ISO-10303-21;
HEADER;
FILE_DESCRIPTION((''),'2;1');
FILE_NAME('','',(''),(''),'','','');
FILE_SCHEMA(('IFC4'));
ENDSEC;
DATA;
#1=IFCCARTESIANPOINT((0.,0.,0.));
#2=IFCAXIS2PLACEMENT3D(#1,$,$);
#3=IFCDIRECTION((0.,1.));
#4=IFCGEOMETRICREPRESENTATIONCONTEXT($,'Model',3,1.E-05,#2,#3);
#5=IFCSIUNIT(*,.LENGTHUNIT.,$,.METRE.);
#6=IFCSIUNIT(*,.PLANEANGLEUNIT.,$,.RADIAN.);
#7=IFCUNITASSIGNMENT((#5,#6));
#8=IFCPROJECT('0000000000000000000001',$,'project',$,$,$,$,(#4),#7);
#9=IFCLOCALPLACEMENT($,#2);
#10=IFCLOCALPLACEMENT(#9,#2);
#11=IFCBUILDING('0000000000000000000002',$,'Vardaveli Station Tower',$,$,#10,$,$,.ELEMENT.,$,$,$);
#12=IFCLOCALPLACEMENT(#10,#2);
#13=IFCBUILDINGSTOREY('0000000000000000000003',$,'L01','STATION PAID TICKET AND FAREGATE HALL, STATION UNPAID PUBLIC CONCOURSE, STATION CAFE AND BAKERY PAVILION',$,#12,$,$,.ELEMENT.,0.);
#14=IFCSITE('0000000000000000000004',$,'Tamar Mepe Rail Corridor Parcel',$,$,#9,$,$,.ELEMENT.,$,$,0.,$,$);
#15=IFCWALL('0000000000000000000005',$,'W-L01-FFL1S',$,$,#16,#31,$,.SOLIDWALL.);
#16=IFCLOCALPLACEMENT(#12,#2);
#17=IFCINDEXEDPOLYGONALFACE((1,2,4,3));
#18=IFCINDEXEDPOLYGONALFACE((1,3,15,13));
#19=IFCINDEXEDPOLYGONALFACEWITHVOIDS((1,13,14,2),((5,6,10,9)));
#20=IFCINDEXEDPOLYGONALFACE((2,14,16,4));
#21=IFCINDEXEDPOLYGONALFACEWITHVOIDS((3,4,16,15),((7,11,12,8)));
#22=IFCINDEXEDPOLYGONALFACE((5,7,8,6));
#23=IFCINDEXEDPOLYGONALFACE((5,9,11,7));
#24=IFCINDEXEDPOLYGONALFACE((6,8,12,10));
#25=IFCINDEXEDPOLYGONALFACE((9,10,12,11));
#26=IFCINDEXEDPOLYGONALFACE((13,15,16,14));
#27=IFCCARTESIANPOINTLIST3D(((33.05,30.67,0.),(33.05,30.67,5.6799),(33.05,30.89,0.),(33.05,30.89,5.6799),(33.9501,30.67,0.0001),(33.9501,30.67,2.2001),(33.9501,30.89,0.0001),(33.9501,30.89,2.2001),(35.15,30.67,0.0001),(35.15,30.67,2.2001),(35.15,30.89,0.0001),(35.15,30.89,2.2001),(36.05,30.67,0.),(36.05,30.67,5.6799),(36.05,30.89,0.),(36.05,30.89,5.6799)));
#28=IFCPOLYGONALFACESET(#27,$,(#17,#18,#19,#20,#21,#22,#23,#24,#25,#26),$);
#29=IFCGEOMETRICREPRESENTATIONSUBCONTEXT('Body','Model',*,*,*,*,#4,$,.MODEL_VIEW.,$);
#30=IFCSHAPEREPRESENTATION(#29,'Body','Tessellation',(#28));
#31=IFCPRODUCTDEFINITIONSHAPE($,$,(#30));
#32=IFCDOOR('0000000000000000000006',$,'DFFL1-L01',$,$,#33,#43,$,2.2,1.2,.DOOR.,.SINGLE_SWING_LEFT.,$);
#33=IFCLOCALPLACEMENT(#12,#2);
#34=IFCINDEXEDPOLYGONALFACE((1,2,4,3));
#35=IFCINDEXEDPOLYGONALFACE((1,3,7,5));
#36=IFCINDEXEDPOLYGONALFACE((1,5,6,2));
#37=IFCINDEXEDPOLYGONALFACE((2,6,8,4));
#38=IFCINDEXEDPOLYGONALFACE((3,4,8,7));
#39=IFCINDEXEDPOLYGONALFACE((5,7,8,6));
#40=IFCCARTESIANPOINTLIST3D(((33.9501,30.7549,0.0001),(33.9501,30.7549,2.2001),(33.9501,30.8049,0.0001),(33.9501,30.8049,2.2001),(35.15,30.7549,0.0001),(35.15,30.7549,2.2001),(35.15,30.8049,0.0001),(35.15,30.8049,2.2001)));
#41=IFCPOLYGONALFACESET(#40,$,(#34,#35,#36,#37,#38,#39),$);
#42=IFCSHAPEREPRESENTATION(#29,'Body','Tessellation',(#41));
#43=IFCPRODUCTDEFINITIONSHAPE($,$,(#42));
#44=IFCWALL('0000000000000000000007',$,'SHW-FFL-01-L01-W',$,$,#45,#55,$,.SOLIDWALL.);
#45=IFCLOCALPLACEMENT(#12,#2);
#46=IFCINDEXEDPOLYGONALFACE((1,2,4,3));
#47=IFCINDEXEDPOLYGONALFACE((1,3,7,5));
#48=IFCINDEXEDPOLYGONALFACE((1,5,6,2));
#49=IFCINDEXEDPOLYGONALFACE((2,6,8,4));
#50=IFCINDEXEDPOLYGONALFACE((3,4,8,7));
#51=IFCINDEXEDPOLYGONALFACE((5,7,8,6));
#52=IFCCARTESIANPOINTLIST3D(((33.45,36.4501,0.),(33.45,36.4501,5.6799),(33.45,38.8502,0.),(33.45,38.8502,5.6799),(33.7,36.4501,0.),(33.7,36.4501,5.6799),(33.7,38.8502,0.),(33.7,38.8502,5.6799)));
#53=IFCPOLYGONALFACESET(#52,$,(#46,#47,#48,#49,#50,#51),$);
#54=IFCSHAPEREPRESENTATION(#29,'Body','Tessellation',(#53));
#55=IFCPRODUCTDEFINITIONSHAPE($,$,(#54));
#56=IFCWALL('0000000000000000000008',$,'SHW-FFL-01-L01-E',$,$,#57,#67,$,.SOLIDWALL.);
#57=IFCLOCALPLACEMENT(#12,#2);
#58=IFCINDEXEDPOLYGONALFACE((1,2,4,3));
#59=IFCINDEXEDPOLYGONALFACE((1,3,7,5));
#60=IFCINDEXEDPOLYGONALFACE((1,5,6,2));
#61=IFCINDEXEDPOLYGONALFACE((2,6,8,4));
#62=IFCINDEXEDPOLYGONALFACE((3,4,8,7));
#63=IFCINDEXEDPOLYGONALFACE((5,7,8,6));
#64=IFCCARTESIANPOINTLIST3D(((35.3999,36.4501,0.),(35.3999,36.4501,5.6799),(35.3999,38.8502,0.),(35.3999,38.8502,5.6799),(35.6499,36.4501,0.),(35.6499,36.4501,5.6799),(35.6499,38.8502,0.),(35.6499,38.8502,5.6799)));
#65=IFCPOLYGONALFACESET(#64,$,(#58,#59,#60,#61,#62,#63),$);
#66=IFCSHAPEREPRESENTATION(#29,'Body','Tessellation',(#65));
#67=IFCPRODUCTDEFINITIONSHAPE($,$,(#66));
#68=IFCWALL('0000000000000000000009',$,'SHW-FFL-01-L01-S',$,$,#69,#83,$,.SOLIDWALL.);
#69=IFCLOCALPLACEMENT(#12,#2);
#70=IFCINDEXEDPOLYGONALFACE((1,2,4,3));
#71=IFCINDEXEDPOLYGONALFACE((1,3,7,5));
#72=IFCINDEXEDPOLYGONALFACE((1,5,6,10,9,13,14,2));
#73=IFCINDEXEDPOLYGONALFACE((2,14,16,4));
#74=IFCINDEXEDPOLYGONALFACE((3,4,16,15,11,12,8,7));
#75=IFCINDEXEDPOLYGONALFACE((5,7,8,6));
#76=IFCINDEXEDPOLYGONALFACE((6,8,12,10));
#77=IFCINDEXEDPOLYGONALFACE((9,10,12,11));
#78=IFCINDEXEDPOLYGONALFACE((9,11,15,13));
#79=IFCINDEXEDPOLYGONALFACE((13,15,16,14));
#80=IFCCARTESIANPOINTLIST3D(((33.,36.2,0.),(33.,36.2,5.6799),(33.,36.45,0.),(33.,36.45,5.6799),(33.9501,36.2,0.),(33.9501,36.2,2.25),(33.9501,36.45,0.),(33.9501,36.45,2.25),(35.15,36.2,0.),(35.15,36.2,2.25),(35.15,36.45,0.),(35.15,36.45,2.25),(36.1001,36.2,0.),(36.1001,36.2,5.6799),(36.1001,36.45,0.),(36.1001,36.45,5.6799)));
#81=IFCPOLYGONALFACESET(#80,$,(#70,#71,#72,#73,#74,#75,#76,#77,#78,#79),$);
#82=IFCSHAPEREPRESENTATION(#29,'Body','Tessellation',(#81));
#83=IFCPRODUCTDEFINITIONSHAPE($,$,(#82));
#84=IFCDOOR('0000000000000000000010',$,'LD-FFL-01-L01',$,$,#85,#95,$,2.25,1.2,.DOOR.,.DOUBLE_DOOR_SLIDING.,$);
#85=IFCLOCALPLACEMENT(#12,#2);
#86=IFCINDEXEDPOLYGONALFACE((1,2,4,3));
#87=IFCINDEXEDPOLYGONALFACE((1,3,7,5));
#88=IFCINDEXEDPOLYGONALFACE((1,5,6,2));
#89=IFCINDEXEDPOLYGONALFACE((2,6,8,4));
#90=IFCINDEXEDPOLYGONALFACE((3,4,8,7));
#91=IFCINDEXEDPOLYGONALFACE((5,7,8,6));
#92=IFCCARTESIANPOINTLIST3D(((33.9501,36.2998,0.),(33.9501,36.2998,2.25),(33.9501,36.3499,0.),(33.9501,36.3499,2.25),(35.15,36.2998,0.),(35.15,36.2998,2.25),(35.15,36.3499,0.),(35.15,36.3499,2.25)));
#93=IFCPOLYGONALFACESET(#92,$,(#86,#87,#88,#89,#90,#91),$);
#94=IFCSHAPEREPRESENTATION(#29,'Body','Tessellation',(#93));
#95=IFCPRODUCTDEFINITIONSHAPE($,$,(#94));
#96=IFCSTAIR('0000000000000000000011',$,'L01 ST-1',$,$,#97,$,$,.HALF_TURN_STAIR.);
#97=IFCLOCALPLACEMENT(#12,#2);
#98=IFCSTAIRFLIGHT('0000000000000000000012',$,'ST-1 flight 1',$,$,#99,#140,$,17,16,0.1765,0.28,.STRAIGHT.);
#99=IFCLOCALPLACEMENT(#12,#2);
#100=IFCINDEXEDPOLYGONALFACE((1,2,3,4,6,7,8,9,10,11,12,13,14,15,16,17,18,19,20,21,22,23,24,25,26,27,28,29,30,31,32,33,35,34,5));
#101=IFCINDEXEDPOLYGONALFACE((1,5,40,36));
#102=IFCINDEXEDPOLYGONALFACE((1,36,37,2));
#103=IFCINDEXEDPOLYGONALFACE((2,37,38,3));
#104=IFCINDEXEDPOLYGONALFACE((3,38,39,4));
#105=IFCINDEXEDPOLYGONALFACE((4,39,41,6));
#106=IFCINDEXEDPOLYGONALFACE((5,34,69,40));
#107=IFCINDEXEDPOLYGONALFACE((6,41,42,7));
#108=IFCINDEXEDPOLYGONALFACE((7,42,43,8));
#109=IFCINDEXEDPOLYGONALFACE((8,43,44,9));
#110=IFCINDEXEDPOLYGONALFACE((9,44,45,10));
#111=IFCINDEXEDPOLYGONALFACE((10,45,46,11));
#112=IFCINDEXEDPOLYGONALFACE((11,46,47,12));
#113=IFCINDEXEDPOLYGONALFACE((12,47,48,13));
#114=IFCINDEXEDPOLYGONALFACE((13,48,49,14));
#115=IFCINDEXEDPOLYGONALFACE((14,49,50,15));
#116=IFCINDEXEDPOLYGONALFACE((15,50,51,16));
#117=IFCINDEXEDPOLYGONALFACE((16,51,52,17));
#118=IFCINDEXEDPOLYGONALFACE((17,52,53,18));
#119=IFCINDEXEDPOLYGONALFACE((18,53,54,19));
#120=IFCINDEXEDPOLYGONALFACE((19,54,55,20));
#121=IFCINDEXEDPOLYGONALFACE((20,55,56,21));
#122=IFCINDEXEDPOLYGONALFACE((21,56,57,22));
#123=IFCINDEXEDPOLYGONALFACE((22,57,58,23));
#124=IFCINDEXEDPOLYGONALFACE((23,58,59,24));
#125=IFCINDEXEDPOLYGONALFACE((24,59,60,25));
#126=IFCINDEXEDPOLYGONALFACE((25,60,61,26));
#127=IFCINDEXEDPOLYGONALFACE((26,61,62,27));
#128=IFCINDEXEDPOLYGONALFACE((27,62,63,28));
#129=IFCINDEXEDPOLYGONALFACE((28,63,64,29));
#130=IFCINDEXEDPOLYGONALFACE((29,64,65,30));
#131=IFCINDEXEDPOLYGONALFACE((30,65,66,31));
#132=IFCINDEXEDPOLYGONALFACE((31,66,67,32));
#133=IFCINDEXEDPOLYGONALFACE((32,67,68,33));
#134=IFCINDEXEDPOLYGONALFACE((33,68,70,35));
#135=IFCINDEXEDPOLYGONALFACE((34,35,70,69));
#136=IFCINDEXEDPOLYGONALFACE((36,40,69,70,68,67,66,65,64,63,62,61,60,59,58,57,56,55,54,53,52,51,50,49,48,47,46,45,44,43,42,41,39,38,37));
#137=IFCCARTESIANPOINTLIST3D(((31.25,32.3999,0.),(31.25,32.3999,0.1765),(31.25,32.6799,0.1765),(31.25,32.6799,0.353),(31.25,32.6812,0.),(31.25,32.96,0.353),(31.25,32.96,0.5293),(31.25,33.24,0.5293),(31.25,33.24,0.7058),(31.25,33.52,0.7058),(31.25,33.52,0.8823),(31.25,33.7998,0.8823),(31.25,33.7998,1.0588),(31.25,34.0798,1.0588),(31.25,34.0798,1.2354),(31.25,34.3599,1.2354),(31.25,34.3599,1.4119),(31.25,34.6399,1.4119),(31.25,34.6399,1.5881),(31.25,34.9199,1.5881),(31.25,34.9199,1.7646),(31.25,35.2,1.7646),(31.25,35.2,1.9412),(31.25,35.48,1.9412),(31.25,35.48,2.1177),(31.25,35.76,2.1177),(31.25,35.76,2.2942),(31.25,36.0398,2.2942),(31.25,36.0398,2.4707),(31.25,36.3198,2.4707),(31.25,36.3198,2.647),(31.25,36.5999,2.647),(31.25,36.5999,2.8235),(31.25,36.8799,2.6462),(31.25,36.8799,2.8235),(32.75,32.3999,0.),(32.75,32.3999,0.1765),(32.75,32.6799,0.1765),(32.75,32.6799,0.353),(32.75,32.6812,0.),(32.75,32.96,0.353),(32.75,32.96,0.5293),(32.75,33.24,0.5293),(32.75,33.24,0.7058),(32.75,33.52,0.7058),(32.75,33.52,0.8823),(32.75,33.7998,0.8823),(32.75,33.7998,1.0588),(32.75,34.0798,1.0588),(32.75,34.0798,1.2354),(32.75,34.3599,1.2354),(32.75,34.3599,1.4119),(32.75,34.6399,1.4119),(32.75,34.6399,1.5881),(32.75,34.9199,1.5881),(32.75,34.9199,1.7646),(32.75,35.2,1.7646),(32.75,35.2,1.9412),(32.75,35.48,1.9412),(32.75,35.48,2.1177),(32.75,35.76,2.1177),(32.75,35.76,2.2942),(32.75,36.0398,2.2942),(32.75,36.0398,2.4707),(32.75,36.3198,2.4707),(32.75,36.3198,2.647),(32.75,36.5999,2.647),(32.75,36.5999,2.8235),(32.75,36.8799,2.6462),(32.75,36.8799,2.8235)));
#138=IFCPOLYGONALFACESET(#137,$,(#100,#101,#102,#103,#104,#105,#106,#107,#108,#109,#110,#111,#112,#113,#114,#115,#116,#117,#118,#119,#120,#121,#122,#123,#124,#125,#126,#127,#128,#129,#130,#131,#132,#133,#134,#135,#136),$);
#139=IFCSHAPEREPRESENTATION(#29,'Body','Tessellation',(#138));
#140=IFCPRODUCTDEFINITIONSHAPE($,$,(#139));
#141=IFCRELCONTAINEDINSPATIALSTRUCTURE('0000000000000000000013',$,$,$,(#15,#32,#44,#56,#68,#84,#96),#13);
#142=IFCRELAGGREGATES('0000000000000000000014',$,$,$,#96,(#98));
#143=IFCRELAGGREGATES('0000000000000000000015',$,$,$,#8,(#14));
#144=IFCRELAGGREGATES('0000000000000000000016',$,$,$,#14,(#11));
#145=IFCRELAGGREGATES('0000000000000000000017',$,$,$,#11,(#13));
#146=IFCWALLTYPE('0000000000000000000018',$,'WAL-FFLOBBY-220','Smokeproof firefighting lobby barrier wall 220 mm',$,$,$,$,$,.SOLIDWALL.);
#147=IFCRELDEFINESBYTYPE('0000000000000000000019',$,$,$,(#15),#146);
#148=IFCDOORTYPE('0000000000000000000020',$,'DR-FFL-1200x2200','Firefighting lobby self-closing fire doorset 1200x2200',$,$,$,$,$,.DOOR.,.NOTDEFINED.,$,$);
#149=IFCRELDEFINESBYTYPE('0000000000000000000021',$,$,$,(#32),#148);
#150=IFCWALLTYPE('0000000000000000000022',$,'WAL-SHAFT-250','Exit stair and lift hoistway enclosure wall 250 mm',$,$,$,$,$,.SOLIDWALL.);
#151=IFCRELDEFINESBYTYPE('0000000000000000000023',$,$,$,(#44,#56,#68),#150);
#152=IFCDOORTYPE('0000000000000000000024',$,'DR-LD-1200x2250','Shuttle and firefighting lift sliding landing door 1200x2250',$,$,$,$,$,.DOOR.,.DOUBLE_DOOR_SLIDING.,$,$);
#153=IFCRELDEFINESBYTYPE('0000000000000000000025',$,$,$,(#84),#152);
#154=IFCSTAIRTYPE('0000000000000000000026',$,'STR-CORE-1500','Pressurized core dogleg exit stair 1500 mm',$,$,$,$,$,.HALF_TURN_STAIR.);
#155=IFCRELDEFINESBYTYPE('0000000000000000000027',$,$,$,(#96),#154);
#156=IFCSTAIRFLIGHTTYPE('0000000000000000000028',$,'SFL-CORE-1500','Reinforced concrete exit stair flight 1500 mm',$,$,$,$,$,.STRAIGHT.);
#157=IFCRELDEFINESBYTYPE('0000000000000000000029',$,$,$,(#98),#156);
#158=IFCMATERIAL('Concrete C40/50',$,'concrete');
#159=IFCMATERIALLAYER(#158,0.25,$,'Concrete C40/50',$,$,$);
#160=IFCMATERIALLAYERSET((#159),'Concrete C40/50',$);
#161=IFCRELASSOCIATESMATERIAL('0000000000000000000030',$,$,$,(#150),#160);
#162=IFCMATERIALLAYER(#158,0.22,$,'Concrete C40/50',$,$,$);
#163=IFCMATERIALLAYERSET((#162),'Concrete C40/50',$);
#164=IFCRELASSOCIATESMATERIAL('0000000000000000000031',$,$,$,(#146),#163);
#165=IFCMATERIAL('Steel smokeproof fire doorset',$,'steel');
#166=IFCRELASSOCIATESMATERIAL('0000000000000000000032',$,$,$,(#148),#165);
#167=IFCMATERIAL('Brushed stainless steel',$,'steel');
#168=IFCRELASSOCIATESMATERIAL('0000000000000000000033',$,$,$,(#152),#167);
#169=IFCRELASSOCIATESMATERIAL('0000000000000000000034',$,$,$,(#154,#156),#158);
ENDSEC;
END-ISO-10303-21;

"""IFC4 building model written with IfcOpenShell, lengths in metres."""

from ifc_helpers import new_model, si_unit, direction, frame, frame_2d, origin, place, context, subcontext, project, spatial, polyline, rectangle, outline, extrude, source, transform, mapped, material, layer, layer_set, type_object, element, fill, aggregate, save


model = new_model("IFC4")

# Units and contexts
model_context = context("Model", 3, precision=1e-05, world=origin(), true_north=direction((0.0, 1.0)))
body_context = subcontext(model_context, "Body", "Model", "MODEL_VIEW")
ifc_project = project(units=[si_unit("LENGTHUNIT", "METRE"), si_unit("PLANEANGLEUNIT", "RADIAN")], contexts=[model_context])

# Site, building, storey
site_placement = place(None, origin())
site = spatial("IfcSite", under=ifc_project, at=site_placement, Name="Tamar Mepe Rail Corridor Parcel", CompositionType="ELEMENT", RefElevation=0.0)
building_placement = place(site_placement, origin())
building = spatial("IfcBuilding", under=site, at=building_placement, Name="Vardaveli Station Tower", CompositionType="ELEMENT")
storey_placement = place(building_placement, origin())
storey = spatial("IfcBuildingStorey", under=building, at=storey_placement, Name="L01", Description="STATION PAID TICKET AND FAREGATE HALL, STATION UNPAID PUBLIC CONCOURSE, STATION CAFE AND BAKERY PAVILION", CompositionType="ELEMENT", Elevation=0.0)

# Shared definitions
ifc_material_1 = material(Name="Concrete C40/50", Category="concrete")
ifc_layer_1 = layer(ifc_material_1, 0.25, Name="Concrete C40/50")
ifc_layer_set_1 = layer_set([ifc_layer_1], Name="Concrete C40/50")
wall_type_1 = type_object("IfcWallType", Name="WAL-SHAFT-250", Description="Exit stair and lift hoistway enclosure wall 250 mm", PredefinedType="SOLIDWALL", material=ifc_layer_set_1)

# Wall, opening, door
ifc_material_2 = material(Name="Steel smokeproof fire doorset", Category="steel")
ifc_layer_2 = layer(ifc_material_1, 0.22, Name="Concrete C40/50")
ifc_layer_set_2 = layer_set([ifc_layer_2], Name="Concrete C40/50")
wall_type_2 = type_object("IfcWallType", Name="WAL-FFLOBBY-220", Description="Smokeproof firefighting lobby barrier wall 220 mm", PredefinedType="SOLIDWALL", material=ifc_layer_set_2)
shared_shape_1 = source(origin(), body_context, "Body", "SweptSolid", [
    extrude(rectangle(XDim=3.0, YDim=0.22, at=frame_2d((1.5, 0.0))), origin(), (0.0, 0.0, 1.0), 5.6799),
])
wall_1_placement = place(storey_placement, frame((33.05, 30.78, 0.0), z_axis=(0.0, 0.0, 1.0), x_axis=(1.0, 0.0, 0.0)))
wall_1 = element("IfcWall", 1, at=wall_1_placement, inside=storey, type_object=wall_type_2, Name="W-L01-FFL1S", PredefinedType="SOLIDWALL", context=body_context, shape_type="MappedRepresentation", body=[
    mapped(shared_shape_1, transform((0.0, 0.0, 0.0), scale=1.0)),
])
shared_shape_2 = source(origin(), body_context, "Body", "SweptSolid", [
    extrude(rectangle(XDim=1.2, YDim=2.2, at=frame_2d((0.6001, 1.1001))), frame((0.0, 0.1201, 0.0), z_axis=(0.0, -1.0, 0.0), x_axis=(1.0, 0.0, 0.0)), (0.0, 0.0, 1.0), 0.24),
])
opening_1_placement = place(wall_1_placement, frame((0.8999, 0.0, 0.0)))
opening_1 = element("IfcOpeningElement", 2, at=opening_1_placement, cuts=wall_1, PredefinedType="OPENING", context=body_context, shape_type="MappedRepresentation", body=[
    mapped(shared_shape_2, transform((0.0, 0.0, 0.0), scale=1.0)),
])
door_type_1 = type_object("IfcDoorType", Name="DR-FFL-1200x2200", Description="Firefighting lobby self-closing fire doorset 1200x2200", OperationType="NOTDEFINED", PredefinedType="DOOR", material=ifc_material_2)
shared_shape_3 = source(origin(), body_context, "Body", "SweptSolid", [
    extrude(rectangle(XDim=1.2, YDim=2.2, at=frame_2d((0.6001, 1.1001))), frame((0.0, 0.0249, 0.0), z_axis=(0.0, -1.0, 0.0), x_axis=(1.0, 0.0, 0.0)), (0.0, 0.0, 1.0), 0.05),
])
door_1_placement = place(opening_1_placement, origin())
door_1 = element("IfcDoor", 3, at=door_1_placement, inside=storey, type_object=door_type_1, Name="DFFL1-L01", OperationType="SINGLE_SWING_LEFT", OverallHeight=2.2, OverallWidth=1.2, PredefinedType="DOOR", context=body_context, shape_type="MappedRepresentation", body=[
    mapped(shared_shape_3, transform((0.0, 0.0, 0.0), scale=1.0)),
])
fill(opening_1, door_1)

# Walls
shared_shape_4 = source(origin(), body_context, "Body", "SweptSolid", [
    extrude(rectangle(XDim=2.4001, YDim=0.25, at=frame_2d((1.2002, 0.0))), origin(), (0.0, 0.0, 1.0), 5.6799),
])
for number, where, z_axis, x_axis, name in (
    (4, (33.575, 36.45, 0.0), (0.0, 0.0, 1.0), (0.0, 1.0, 0.0), "SHW-FFL-01-L01-W"),
    (5, (35.5249, 36.45, 0.0), (0.0, 0.0, 1.0), (0.0, 1.0, 0.0), "SHW-FFL-01-L01-E"),
):
    element("IfcWall", number, at=place(storey_placement, frame(where, z_axis=z_axis, x_axis=x_axis)), inside=storey, type_object=wall_type_1, Name=name, PredefinedType="SOLIDWALL", context=body_context, shape_type="MappedRepresentation", body=[
        mapped(shared_shape_4, transform((0.0, 0.0, 0.0), scale=1.0)),
    ])

# Wall, opening, door
shared_shape_5 = source(origin(), body_context, "Body", "SweptSolid", [
    extrude(rectangle(XDim=3.1001, YDim=0.25, at=frame_2d((1.55, 0.0))), origin(), (0.0, 0.0, 1.0), 5.6799),
])
wall_2_placement = place(storey_placement, frame((33.0, 36.325, 0.0), z_axis=(0.0, 0.0, 1.0), x_axis=(1.0, 0.0, 0.0)))
wall_2 = element("IfcWall", 6, at=wall_2_placement, inside=storey, type_object=wall_type_1, Name="SHW-FFL-01-L01-S", PredefinedType="SOLIDWALL", context=body_context, shape_type="MappedRepresentation", body=[
    mapped(shared_shape_5, transform((0.0, 0.0, 0.0), scale=1.0)),
])
shared_shape_6 = source(origin(), body_context, "Body", "SweptSolid", [
    extrude(rectangle(XDim=1.2, YDim=2.25, at=frame_2d((0.6001, 1.125))), frame((0.0, 0.135, 0.0), z_axis=(0.0, -1.0, 0.0), x_axis=(1.0, 0.0, 0.0)), (0.0, 0.0, 1.0), 0.27),
])
opening_2_placement = place(wall_2_placement, frame((0.95, 0.0, 0.0)))
opening_2 = element("IfcOpeningElement", 7, at=opening_2_placement, cuts=wall_2, PredefinedType="OPENING", context=body_context, shape_type="MappedRepresentation", body=[
    mapped(shared_shape_6, transform((0.0, 0.0, 0.0), scale=1.0)),
])
ifc_material_3 = material(Name="Brushed stainless steel", Category="steel")
door_type_2 = type_object("IfcDoorType", Name="DR-LD-1200x2250", Description="Shuttle and firefighting lift sliding landing door 1200x2250", OperationType="DOUBLE_DOOR_SLIDING", PredefinedType="DOOR", material=ifc_material_3)
shared_shape_7 = source(origin(), body_context, "Body", "SweptSolid", [
    extrude(rectangle(XDim=1.2, YDim=2.25, at=frame_2d((0.6001, 1.125))), frame((0.0, 0.0249, 0.0), z_axis=(0.0, -1.0, 0.0), x_axis=(1.0, 0.0, 0.0)), (0.0, 0.0, 1.0), 0.05),
])
door_2_placement = place(opening_2_placement, origin())
door_2 = element("IfcDoor", 8, at=door_2_placement, inside=storey, type_object=door_type_2, Name="LD-FFL-01-L01", OperationType="DOUBLE_DOOR_SLIDING", OverallHeight=2.25, OverallWidth=1.2, PredefinedType="DOOR", context=body_context, shape_type="MappedRepresentation", body=[
    mapped(shared_shape_7, transform((0.0, 0.0, 0.0), scale=1.0)),
])
fill(opening_2, door_2)

# Stair, stair flight
stair_type = type_object("IfcStairType", Name="STR-CORE-1500", Description="Pressurized core dogleg exit stair 1500 mm", PredefinedType="HALF_TURN_STAIR", material=ifc_material_1)
stair_placement = place(storey_placement, origin())
stair = element("IfcStair", 9, at=stair_placement, inside=storey, type_object=stair_type, Name="L01 ST-1", PredefinedType="HALF_TURN_STAIR")
stair_flight_type = type_object("IfcStairFlightType", Name="SFL-CORE-1500", Description="Reinforced concrete exit stair flight 1500 mm", PredefinedType="STRAIGHT", material=ifc_material_1)
shared_shape_8 = source(origin(), body_context, "Body", "SweptSolid", [
    extrude(outline(polyline([(0.0, 0.0), (0.0, 0.1765), (0.28, 0.1765), (0.28, 0.353), (0.5601, 0.353), (0.5601, 0.5293), (0.8401, 0.5293), (0.8401, 0.7058), (1.1201, 0.7058), (1.1201, 0.8823), (1.3999, 0.8823), (1.3999, 1.0588), (1.6799, 1.0588), (1.6799, 1.2354), (1.96, 1.2354), (1.96, 1.4119), (2.24, 1.4119), (2.24, 1.5881), (2.52, 1.5881), (2.52, 1.7646), (2.8, 1.7646), (2.8, 1.9412), (3.0801, 1.9412), (3.0801, 2.1177), (3.3601, 2.1177), (3.3601, 2.2942), (3.6399, 2.2942), (3.6399, 2.4707), (3.9199, 2.4707), (3.9199, 2.647), (4.2, 2.647), (4.2, 2.8235), (4.48, 2.8235), (4.48, 3.0), (4.48, 2.6462), (0.2812, 0.0), (0.0, 0.0)])), frame((0.0, 0.75, 0.0), z_axis=(0.0, -1.0, 0.0), x_axis=(1.0, 0.0, 0.0)), (0.0, 0.0, 1.0), 1.5),
])
stair_flight_1_placement = place(storey_placement, frame((32.0, 32.3999, 0.0), z_axis=(0.0, 0.0, 1.0), x_axis=(0.0, 1.0, 0.0)))
stair_flight_1 = element("IfcStairFlight", 10, at=stair_flight_1_placement, type_object=stair_flight_type, Name="ST-1 flight 1", NumberOfRisers=17, NumberOfTreads=16, PredefinedType="STRAIGHT", RiserHeight=0.1765, TreadLength=0.28, context=body_context, shape_type="MappedRepresentation", body=[
    mapped(shared_shape_8, transform((0.0, 0.0, 0.0), scale=1.0)),
])
aggregate(stair, [stair_flight_1])

save(model, "model.ifc")
